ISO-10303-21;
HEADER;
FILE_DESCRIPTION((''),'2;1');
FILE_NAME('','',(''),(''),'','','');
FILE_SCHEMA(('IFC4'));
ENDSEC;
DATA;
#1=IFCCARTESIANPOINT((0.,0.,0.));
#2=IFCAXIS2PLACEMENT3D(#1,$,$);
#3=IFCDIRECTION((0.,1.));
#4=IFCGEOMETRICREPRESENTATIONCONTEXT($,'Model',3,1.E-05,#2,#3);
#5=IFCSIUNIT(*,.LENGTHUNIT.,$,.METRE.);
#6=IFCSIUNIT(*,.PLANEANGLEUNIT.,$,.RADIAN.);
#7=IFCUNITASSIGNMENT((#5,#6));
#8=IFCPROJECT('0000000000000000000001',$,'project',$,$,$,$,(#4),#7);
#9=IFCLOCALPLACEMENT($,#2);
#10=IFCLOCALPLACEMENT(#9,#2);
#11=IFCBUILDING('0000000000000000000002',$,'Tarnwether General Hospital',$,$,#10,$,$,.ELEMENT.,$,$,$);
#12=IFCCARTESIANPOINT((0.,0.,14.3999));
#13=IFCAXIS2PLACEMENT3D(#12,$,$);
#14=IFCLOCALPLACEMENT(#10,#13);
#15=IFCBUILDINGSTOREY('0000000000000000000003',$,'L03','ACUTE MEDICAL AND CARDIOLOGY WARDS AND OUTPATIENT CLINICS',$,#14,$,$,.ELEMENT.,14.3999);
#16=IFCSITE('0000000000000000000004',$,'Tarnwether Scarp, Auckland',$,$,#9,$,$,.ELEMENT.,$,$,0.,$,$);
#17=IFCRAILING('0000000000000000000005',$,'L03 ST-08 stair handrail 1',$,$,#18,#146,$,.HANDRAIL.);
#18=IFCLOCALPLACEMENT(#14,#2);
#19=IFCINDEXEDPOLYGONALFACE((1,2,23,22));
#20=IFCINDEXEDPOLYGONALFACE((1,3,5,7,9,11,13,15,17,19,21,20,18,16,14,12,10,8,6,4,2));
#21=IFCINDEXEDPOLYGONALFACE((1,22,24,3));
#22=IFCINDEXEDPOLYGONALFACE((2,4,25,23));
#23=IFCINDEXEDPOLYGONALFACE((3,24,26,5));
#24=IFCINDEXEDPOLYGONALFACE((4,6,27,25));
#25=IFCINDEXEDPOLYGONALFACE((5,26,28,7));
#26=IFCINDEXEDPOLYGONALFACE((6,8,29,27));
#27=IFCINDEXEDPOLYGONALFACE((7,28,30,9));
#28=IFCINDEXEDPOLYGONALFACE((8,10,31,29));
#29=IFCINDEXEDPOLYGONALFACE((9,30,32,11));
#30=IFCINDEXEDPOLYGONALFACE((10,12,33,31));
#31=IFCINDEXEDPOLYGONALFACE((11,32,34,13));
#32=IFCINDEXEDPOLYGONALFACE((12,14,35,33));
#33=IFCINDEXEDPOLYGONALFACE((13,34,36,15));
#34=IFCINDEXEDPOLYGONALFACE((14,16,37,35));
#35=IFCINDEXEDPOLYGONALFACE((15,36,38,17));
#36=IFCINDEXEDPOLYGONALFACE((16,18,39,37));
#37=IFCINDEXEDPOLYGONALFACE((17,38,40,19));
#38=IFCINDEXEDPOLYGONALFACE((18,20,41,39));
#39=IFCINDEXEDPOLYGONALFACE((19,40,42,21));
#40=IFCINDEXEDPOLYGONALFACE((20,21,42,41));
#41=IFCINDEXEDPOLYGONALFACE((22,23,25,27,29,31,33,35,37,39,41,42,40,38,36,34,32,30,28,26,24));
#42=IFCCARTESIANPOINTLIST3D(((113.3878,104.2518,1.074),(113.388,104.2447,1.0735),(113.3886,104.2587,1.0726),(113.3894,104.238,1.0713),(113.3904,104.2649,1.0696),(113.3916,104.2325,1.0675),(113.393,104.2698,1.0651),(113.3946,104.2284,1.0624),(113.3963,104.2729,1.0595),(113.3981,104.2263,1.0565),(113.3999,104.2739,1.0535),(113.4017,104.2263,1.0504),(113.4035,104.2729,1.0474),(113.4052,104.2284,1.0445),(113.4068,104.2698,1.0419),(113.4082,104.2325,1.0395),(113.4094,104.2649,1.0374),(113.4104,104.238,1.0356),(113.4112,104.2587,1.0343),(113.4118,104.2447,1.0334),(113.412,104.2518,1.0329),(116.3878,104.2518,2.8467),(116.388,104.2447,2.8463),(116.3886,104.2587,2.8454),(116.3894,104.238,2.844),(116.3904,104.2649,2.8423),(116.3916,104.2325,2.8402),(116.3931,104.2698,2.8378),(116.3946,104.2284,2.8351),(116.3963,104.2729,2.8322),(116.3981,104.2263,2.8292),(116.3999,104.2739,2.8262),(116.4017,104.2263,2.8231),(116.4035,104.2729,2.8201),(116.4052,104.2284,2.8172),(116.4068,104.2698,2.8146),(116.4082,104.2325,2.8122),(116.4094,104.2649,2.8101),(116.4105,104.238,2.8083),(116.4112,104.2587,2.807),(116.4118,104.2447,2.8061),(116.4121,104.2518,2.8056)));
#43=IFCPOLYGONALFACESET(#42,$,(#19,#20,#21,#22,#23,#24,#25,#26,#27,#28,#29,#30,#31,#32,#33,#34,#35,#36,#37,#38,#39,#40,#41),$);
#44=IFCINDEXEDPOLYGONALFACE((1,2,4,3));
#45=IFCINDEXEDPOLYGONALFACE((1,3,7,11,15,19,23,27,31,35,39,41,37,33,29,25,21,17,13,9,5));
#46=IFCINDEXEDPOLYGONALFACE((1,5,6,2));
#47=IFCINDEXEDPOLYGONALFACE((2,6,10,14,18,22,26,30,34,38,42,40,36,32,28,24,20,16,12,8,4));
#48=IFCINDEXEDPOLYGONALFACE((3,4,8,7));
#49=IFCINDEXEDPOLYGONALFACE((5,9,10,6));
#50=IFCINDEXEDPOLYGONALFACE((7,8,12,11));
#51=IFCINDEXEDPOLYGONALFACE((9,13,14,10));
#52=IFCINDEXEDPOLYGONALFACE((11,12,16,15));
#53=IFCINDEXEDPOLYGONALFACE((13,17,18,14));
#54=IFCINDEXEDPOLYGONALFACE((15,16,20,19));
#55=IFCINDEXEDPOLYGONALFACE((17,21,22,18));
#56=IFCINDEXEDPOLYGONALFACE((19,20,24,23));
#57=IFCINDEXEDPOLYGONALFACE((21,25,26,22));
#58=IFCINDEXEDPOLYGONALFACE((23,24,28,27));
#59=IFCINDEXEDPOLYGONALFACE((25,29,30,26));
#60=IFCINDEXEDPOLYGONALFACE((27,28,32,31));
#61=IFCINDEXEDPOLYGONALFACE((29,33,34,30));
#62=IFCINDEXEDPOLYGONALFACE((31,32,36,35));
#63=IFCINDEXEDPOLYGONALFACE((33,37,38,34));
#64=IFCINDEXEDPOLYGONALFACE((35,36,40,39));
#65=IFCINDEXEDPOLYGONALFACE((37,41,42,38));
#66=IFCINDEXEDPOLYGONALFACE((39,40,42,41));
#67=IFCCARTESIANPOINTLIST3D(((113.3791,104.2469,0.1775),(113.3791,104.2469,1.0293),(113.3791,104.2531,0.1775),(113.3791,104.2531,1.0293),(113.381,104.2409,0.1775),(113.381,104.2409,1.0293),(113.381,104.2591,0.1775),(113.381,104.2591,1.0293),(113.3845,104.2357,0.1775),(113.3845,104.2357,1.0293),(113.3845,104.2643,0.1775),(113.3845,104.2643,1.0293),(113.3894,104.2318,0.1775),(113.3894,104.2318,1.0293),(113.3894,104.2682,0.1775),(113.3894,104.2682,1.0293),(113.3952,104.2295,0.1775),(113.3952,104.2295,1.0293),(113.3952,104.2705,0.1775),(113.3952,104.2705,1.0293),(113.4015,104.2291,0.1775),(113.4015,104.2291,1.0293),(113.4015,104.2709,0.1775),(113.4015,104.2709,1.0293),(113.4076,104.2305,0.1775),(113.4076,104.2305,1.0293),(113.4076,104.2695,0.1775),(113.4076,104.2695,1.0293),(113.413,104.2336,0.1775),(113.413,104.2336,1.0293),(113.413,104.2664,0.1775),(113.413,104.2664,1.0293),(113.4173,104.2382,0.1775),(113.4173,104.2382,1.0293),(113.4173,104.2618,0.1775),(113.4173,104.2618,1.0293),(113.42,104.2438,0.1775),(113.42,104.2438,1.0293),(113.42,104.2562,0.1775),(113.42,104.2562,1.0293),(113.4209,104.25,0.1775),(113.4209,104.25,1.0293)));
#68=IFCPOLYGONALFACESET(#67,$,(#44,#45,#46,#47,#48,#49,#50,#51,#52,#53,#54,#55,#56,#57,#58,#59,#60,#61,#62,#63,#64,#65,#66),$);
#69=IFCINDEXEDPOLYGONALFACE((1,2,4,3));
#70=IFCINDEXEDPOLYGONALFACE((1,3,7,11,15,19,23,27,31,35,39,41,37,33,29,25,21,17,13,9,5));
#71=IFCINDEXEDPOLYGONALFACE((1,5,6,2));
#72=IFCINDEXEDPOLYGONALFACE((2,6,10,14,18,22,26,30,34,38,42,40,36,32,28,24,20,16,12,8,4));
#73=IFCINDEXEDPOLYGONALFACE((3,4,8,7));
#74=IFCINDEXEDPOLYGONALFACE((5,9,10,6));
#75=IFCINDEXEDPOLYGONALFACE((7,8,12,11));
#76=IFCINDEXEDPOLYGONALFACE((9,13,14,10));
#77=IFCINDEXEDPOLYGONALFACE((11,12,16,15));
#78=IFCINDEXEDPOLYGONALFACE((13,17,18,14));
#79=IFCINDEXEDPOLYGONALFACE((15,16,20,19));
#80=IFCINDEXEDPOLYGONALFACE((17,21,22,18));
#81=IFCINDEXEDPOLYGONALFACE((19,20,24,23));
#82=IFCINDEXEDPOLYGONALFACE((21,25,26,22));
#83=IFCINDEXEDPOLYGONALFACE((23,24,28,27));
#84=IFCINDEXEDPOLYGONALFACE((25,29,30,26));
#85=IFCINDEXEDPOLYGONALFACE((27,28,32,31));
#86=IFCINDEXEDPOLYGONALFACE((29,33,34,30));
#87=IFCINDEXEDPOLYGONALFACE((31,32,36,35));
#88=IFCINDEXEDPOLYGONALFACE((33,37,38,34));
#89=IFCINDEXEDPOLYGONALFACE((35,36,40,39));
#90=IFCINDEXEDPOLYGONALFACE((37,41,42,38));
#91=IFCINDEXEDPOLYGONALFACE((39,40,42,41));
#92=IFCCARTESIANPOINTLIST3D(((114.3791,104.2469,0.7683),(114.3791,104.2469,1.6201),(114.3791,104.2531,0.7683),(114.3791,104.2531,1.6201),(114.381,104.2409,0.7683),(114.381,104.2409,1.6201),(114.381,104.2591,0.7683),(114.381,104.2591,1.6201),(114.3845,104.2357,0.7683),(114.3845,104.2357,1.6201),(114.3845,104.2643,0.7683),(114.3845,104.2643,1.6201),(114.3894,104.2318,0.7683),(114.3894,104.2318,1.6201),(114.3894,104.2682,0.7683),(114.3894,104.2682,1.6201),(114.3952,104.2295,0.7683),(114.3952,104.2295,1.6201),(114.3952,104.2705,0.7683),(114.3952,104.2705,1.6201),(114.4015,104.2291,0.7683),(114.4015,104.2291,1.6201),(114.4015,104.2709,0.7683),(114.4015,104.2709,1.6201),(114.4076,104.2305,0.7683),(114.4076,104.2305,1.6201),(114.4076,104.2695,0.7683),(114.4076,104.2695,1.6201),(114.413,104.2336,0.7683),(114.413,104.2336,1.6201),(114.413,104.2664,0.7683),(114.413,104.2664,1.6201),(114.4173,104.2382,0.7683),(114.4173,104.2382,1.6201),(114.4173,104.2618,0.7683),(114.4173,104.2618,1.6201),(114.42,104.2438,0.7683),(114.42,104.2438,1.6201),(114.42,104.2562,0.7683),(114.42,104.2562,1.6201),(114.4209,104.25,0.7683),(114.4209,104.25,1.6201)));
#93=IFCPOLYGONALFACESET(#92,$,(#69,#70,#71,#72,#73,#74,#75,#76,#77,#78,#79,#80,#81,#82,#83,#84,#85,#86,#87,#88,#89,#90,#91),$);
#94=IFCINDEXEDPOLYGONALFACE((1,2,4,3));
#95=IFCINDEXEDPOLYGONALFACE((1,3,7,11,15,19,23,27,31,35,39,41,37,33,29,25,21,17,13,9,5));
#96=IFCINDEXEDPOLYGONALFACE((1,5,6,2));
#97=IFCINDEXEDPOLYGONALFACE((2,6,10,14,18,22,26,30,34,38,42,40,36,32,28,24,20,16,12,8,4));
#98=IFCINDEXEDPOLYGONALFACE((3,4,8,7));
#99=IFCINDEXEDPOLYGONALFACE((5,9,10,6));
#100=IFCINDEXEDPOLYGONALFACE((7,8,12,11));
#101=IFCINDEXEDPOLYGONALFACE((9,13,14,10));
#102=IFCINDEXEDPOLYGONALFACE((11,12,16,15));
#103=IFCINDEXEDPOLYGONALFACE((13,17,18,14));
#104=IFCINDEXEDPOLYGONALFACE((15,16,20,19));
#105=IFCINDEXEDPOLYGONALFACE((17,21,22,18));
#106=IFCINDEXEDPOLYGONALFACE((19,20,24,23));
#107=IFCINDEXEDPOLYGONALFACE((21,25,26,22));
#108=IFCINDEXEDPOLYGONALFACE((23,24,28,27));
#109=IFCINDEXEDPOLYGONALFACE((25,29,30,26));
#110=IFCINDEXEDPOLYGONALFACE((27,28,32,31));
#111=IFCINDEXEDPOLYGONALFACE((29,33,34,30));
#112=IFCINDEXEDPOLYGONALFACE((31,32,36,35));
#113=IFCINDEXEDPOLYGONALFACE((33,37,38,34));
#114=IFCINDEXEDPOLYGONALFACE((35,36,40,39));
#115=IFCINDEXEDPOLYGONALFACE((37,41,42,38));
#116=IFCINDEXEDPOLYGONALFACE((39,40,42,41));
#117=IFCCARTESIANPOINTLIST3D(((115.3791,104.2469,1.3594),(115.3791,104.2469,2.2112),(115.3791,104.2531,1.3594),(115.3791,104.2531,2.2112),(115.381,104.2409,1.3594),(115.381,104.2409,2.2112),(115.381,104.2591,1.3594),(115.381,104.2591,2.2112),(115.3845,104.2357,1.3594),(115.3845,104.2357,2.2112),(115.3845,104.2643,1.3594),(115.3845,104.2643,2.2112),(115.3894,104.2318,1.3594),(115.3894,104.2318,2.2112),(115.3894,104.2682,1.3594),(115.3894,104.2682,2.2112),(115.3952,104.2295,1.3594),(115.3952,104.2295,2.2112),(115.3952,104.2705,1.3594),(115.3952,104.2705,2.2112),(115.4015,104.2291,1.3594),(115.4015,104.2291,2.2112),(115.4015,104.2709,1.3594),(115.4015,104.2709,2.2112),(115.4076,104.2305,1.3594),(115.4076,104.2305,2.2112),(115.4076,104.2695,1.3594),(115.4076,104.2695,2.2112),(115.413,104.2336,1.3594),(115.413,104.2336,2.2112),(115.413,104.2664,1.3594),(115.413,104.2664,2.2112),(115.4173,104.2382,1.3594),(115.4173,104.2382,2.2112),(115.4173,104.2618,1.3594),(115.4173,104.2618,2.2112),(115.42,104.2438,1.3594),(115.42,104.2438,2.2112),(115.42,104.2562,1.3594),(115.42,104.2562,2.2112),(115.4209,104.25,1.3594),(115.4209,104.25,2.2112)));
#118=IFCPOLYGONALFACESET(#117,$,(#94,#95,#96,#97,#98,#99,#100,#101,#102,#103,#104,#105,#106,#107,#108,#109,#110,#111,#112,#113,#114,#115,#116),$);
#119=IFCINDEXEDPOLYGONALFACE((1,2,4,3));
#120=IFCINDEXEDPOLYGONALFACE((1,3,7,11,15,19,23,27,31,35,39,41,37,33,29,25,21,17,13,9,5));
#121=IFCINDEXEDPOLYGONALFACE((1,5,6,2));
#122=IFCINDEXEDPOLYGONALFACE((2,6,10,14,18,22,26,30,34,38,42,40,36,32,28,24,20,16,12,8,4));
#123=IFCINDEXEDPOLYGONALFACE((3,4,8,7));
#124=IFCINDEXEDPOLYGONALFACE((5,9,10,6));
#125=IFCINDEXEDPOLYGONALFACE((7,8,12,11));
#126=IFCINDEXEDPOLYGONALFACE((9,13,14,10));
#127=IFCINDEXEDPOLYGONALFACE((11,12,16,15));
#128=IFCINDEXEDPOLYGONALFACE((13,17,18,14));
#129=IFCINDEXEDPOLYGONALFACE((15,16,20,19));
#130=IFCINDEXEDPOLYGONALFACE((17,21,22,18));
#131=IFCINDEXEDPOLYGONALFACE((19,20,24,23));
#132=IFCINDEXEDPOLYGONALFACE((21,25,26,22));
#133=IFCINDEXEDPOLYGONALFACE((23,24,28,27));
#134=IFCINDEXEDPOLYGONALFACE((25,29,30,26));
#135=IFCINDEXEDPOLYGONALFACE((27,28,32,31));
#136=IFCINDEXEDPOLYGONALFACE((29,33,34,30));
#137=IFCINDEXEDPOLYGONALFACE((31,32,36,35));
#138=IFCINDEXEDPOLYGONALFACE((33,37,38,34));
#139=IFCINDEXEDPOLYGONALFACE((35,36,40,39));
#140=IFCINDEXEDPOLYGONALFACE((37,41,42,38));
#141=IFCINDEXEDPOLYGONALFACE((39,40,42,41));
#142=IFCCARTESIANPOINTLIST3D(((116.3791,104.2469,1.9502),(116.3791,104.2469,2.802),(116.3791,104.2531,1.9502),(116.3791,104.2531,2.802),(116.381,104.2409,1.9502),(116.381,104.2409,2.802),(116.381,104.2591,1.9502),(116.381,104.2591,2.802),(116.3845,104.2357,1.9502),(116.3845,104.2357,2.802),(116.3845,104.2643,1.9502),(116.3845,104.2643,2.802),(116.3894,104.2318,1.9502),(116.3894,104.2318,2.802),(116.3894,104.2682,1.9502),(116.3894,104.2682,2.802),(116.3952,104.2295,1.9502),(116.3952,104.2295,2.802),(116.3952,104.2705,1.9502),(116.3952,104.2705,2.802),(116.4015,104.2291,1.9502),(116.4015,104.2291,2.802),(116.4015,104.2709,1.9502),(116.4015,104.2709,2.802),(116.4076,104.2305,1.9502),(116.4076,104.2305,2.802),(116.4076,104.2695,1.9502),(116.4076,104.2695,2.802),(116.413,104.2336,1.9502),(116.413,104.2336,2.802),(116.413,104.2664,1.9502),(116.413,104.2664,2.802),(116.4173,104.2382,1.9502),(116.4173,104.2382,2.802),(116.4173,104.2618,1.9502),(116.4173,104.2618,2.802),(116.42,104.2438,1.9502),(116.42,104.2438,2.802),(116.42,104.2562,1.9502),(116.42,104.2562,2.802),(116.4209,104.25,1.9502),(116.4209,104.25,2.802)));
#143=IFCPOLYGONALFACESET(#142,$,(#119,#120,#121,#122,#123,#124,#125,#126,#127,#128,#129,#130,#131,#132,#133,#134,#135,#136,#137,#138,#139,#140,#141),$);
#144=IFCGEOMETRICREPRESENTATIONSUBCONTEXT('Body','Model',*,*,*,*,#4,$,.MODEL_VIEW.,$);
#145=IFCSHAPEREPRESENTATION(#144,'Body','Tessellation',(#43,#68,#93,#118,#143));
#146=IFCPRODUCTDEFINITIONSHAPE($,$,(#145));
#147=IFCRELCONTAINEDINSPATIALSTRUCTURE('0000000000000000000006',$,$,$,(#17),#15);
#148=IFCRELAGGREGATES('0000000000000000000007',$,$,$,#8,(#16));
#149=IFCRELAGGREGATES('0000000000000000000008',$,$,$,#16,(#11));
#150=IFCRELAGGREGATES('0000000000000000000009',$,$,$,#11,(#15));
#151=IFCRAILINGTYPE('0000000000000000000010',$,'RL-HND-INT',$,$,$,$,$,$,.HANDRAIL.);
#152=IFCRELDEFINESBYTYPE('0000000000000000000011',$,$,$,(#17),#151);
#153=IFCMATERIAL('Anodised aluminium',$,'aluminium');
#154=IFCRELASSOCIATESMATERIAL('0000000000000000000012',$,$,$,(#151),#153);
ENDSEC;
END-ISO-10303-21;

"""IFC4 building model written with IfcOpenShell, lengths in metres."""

from ifc_helpers import new_model, si_unit, direction, frame, origin, origin_2d, place, context, subcontext, project, spatial, circle, extrude, material, type_object, element, save


model = new_model("IFC4")

# Units and contexts
model_context = context("Model", 3, precision=1e-05, world=origin(), true_north=direction((0.0, 1.0)))
body_context = subcontext(model_context, "Body", "Model", "MODEL_VIEW")
ifc_project = project(units=[si_unit("LENGTHUNIT", "METRE"), si_unit("PLANEANGLEUNIT", "RADIAN")], contexts=[model_context])

# Site, building, storey
site_placement = place(None, origin())
site = spatial("IfcSite", under=ifc_project, at=site_placement, Name="Tarnwether Scarp, Auckland", CompositionType="ELEMENT", RefElevation=0.0)
building_placement = place(site_placement, origin())
building = spatial("IfcBuilding", under=site, at=building_placement, Name="Tarnwether General Hospital", CompositionType="ELEMENT")
storey_placement = place(building_placement, frame((0.0, 0.0, 14.3999)))
storey = spatial("IfcBuildingStorey", under=building, at=storey_placement, Name="L03", Description="ACUTE MEDICAL AND CARDIOLOGY WARDS AND OUTPATIENT CLINICS", CompositionType="ELEMENT", Elevation=14.3999)

# Railing
ifc_material_1 = material(Name="Anodised aluminium", Category="aluminium")
railing_type_1 = type_object("IfcRailingType", Name="RL-HND-INT", PredefinedType="HANDRAIL", material=ifc_material_1)
railing_1_placement = place(storey_placement, frame((113.3999, 104.25, 0.1775)))
element("IfcRailing", 1, at=railing_1_placement, inside=storey, type_object=railing_type_1, Name="L03 ST-08 stair handrail 1", PredefinedType="HANDRAIL", context=body_context, shape_type="SweptSolid", body=[
    extrude(circle(Radius=0.0239, at=origin_2d()), frame((0.0, 0.0, 0.876), z_axis=(0.860929, 0.0, 0.508725), x_axis=(0.0, 1.0, 0.0)), (0.0, 0.0, 1.0), 3.4846),
    extrude(circle(Radius=0.021, at=origin_2d()), origin(), (0.0, 0.0, 1.0), 0.8518),
    extrude(circle(Radius=0.021, at=origin_2d()), frame((1.0, 0.0, 0.5908)), (0.0, 0.0, 1.0), 0.8518),
    extrude(circle(Radius=0.021, at=origin_2d()), frame((2.0, 0.0, 1.1819)), (0.0, 0.0, 1.0), 0.8518),
    extrude(circle(Radius=0.021, at=origin_2d()), frame((3.0, 0.0, 1.7727)), (0.0, 0.0, 1.0), 0.8518),
])

save(model, "model.ifc")
